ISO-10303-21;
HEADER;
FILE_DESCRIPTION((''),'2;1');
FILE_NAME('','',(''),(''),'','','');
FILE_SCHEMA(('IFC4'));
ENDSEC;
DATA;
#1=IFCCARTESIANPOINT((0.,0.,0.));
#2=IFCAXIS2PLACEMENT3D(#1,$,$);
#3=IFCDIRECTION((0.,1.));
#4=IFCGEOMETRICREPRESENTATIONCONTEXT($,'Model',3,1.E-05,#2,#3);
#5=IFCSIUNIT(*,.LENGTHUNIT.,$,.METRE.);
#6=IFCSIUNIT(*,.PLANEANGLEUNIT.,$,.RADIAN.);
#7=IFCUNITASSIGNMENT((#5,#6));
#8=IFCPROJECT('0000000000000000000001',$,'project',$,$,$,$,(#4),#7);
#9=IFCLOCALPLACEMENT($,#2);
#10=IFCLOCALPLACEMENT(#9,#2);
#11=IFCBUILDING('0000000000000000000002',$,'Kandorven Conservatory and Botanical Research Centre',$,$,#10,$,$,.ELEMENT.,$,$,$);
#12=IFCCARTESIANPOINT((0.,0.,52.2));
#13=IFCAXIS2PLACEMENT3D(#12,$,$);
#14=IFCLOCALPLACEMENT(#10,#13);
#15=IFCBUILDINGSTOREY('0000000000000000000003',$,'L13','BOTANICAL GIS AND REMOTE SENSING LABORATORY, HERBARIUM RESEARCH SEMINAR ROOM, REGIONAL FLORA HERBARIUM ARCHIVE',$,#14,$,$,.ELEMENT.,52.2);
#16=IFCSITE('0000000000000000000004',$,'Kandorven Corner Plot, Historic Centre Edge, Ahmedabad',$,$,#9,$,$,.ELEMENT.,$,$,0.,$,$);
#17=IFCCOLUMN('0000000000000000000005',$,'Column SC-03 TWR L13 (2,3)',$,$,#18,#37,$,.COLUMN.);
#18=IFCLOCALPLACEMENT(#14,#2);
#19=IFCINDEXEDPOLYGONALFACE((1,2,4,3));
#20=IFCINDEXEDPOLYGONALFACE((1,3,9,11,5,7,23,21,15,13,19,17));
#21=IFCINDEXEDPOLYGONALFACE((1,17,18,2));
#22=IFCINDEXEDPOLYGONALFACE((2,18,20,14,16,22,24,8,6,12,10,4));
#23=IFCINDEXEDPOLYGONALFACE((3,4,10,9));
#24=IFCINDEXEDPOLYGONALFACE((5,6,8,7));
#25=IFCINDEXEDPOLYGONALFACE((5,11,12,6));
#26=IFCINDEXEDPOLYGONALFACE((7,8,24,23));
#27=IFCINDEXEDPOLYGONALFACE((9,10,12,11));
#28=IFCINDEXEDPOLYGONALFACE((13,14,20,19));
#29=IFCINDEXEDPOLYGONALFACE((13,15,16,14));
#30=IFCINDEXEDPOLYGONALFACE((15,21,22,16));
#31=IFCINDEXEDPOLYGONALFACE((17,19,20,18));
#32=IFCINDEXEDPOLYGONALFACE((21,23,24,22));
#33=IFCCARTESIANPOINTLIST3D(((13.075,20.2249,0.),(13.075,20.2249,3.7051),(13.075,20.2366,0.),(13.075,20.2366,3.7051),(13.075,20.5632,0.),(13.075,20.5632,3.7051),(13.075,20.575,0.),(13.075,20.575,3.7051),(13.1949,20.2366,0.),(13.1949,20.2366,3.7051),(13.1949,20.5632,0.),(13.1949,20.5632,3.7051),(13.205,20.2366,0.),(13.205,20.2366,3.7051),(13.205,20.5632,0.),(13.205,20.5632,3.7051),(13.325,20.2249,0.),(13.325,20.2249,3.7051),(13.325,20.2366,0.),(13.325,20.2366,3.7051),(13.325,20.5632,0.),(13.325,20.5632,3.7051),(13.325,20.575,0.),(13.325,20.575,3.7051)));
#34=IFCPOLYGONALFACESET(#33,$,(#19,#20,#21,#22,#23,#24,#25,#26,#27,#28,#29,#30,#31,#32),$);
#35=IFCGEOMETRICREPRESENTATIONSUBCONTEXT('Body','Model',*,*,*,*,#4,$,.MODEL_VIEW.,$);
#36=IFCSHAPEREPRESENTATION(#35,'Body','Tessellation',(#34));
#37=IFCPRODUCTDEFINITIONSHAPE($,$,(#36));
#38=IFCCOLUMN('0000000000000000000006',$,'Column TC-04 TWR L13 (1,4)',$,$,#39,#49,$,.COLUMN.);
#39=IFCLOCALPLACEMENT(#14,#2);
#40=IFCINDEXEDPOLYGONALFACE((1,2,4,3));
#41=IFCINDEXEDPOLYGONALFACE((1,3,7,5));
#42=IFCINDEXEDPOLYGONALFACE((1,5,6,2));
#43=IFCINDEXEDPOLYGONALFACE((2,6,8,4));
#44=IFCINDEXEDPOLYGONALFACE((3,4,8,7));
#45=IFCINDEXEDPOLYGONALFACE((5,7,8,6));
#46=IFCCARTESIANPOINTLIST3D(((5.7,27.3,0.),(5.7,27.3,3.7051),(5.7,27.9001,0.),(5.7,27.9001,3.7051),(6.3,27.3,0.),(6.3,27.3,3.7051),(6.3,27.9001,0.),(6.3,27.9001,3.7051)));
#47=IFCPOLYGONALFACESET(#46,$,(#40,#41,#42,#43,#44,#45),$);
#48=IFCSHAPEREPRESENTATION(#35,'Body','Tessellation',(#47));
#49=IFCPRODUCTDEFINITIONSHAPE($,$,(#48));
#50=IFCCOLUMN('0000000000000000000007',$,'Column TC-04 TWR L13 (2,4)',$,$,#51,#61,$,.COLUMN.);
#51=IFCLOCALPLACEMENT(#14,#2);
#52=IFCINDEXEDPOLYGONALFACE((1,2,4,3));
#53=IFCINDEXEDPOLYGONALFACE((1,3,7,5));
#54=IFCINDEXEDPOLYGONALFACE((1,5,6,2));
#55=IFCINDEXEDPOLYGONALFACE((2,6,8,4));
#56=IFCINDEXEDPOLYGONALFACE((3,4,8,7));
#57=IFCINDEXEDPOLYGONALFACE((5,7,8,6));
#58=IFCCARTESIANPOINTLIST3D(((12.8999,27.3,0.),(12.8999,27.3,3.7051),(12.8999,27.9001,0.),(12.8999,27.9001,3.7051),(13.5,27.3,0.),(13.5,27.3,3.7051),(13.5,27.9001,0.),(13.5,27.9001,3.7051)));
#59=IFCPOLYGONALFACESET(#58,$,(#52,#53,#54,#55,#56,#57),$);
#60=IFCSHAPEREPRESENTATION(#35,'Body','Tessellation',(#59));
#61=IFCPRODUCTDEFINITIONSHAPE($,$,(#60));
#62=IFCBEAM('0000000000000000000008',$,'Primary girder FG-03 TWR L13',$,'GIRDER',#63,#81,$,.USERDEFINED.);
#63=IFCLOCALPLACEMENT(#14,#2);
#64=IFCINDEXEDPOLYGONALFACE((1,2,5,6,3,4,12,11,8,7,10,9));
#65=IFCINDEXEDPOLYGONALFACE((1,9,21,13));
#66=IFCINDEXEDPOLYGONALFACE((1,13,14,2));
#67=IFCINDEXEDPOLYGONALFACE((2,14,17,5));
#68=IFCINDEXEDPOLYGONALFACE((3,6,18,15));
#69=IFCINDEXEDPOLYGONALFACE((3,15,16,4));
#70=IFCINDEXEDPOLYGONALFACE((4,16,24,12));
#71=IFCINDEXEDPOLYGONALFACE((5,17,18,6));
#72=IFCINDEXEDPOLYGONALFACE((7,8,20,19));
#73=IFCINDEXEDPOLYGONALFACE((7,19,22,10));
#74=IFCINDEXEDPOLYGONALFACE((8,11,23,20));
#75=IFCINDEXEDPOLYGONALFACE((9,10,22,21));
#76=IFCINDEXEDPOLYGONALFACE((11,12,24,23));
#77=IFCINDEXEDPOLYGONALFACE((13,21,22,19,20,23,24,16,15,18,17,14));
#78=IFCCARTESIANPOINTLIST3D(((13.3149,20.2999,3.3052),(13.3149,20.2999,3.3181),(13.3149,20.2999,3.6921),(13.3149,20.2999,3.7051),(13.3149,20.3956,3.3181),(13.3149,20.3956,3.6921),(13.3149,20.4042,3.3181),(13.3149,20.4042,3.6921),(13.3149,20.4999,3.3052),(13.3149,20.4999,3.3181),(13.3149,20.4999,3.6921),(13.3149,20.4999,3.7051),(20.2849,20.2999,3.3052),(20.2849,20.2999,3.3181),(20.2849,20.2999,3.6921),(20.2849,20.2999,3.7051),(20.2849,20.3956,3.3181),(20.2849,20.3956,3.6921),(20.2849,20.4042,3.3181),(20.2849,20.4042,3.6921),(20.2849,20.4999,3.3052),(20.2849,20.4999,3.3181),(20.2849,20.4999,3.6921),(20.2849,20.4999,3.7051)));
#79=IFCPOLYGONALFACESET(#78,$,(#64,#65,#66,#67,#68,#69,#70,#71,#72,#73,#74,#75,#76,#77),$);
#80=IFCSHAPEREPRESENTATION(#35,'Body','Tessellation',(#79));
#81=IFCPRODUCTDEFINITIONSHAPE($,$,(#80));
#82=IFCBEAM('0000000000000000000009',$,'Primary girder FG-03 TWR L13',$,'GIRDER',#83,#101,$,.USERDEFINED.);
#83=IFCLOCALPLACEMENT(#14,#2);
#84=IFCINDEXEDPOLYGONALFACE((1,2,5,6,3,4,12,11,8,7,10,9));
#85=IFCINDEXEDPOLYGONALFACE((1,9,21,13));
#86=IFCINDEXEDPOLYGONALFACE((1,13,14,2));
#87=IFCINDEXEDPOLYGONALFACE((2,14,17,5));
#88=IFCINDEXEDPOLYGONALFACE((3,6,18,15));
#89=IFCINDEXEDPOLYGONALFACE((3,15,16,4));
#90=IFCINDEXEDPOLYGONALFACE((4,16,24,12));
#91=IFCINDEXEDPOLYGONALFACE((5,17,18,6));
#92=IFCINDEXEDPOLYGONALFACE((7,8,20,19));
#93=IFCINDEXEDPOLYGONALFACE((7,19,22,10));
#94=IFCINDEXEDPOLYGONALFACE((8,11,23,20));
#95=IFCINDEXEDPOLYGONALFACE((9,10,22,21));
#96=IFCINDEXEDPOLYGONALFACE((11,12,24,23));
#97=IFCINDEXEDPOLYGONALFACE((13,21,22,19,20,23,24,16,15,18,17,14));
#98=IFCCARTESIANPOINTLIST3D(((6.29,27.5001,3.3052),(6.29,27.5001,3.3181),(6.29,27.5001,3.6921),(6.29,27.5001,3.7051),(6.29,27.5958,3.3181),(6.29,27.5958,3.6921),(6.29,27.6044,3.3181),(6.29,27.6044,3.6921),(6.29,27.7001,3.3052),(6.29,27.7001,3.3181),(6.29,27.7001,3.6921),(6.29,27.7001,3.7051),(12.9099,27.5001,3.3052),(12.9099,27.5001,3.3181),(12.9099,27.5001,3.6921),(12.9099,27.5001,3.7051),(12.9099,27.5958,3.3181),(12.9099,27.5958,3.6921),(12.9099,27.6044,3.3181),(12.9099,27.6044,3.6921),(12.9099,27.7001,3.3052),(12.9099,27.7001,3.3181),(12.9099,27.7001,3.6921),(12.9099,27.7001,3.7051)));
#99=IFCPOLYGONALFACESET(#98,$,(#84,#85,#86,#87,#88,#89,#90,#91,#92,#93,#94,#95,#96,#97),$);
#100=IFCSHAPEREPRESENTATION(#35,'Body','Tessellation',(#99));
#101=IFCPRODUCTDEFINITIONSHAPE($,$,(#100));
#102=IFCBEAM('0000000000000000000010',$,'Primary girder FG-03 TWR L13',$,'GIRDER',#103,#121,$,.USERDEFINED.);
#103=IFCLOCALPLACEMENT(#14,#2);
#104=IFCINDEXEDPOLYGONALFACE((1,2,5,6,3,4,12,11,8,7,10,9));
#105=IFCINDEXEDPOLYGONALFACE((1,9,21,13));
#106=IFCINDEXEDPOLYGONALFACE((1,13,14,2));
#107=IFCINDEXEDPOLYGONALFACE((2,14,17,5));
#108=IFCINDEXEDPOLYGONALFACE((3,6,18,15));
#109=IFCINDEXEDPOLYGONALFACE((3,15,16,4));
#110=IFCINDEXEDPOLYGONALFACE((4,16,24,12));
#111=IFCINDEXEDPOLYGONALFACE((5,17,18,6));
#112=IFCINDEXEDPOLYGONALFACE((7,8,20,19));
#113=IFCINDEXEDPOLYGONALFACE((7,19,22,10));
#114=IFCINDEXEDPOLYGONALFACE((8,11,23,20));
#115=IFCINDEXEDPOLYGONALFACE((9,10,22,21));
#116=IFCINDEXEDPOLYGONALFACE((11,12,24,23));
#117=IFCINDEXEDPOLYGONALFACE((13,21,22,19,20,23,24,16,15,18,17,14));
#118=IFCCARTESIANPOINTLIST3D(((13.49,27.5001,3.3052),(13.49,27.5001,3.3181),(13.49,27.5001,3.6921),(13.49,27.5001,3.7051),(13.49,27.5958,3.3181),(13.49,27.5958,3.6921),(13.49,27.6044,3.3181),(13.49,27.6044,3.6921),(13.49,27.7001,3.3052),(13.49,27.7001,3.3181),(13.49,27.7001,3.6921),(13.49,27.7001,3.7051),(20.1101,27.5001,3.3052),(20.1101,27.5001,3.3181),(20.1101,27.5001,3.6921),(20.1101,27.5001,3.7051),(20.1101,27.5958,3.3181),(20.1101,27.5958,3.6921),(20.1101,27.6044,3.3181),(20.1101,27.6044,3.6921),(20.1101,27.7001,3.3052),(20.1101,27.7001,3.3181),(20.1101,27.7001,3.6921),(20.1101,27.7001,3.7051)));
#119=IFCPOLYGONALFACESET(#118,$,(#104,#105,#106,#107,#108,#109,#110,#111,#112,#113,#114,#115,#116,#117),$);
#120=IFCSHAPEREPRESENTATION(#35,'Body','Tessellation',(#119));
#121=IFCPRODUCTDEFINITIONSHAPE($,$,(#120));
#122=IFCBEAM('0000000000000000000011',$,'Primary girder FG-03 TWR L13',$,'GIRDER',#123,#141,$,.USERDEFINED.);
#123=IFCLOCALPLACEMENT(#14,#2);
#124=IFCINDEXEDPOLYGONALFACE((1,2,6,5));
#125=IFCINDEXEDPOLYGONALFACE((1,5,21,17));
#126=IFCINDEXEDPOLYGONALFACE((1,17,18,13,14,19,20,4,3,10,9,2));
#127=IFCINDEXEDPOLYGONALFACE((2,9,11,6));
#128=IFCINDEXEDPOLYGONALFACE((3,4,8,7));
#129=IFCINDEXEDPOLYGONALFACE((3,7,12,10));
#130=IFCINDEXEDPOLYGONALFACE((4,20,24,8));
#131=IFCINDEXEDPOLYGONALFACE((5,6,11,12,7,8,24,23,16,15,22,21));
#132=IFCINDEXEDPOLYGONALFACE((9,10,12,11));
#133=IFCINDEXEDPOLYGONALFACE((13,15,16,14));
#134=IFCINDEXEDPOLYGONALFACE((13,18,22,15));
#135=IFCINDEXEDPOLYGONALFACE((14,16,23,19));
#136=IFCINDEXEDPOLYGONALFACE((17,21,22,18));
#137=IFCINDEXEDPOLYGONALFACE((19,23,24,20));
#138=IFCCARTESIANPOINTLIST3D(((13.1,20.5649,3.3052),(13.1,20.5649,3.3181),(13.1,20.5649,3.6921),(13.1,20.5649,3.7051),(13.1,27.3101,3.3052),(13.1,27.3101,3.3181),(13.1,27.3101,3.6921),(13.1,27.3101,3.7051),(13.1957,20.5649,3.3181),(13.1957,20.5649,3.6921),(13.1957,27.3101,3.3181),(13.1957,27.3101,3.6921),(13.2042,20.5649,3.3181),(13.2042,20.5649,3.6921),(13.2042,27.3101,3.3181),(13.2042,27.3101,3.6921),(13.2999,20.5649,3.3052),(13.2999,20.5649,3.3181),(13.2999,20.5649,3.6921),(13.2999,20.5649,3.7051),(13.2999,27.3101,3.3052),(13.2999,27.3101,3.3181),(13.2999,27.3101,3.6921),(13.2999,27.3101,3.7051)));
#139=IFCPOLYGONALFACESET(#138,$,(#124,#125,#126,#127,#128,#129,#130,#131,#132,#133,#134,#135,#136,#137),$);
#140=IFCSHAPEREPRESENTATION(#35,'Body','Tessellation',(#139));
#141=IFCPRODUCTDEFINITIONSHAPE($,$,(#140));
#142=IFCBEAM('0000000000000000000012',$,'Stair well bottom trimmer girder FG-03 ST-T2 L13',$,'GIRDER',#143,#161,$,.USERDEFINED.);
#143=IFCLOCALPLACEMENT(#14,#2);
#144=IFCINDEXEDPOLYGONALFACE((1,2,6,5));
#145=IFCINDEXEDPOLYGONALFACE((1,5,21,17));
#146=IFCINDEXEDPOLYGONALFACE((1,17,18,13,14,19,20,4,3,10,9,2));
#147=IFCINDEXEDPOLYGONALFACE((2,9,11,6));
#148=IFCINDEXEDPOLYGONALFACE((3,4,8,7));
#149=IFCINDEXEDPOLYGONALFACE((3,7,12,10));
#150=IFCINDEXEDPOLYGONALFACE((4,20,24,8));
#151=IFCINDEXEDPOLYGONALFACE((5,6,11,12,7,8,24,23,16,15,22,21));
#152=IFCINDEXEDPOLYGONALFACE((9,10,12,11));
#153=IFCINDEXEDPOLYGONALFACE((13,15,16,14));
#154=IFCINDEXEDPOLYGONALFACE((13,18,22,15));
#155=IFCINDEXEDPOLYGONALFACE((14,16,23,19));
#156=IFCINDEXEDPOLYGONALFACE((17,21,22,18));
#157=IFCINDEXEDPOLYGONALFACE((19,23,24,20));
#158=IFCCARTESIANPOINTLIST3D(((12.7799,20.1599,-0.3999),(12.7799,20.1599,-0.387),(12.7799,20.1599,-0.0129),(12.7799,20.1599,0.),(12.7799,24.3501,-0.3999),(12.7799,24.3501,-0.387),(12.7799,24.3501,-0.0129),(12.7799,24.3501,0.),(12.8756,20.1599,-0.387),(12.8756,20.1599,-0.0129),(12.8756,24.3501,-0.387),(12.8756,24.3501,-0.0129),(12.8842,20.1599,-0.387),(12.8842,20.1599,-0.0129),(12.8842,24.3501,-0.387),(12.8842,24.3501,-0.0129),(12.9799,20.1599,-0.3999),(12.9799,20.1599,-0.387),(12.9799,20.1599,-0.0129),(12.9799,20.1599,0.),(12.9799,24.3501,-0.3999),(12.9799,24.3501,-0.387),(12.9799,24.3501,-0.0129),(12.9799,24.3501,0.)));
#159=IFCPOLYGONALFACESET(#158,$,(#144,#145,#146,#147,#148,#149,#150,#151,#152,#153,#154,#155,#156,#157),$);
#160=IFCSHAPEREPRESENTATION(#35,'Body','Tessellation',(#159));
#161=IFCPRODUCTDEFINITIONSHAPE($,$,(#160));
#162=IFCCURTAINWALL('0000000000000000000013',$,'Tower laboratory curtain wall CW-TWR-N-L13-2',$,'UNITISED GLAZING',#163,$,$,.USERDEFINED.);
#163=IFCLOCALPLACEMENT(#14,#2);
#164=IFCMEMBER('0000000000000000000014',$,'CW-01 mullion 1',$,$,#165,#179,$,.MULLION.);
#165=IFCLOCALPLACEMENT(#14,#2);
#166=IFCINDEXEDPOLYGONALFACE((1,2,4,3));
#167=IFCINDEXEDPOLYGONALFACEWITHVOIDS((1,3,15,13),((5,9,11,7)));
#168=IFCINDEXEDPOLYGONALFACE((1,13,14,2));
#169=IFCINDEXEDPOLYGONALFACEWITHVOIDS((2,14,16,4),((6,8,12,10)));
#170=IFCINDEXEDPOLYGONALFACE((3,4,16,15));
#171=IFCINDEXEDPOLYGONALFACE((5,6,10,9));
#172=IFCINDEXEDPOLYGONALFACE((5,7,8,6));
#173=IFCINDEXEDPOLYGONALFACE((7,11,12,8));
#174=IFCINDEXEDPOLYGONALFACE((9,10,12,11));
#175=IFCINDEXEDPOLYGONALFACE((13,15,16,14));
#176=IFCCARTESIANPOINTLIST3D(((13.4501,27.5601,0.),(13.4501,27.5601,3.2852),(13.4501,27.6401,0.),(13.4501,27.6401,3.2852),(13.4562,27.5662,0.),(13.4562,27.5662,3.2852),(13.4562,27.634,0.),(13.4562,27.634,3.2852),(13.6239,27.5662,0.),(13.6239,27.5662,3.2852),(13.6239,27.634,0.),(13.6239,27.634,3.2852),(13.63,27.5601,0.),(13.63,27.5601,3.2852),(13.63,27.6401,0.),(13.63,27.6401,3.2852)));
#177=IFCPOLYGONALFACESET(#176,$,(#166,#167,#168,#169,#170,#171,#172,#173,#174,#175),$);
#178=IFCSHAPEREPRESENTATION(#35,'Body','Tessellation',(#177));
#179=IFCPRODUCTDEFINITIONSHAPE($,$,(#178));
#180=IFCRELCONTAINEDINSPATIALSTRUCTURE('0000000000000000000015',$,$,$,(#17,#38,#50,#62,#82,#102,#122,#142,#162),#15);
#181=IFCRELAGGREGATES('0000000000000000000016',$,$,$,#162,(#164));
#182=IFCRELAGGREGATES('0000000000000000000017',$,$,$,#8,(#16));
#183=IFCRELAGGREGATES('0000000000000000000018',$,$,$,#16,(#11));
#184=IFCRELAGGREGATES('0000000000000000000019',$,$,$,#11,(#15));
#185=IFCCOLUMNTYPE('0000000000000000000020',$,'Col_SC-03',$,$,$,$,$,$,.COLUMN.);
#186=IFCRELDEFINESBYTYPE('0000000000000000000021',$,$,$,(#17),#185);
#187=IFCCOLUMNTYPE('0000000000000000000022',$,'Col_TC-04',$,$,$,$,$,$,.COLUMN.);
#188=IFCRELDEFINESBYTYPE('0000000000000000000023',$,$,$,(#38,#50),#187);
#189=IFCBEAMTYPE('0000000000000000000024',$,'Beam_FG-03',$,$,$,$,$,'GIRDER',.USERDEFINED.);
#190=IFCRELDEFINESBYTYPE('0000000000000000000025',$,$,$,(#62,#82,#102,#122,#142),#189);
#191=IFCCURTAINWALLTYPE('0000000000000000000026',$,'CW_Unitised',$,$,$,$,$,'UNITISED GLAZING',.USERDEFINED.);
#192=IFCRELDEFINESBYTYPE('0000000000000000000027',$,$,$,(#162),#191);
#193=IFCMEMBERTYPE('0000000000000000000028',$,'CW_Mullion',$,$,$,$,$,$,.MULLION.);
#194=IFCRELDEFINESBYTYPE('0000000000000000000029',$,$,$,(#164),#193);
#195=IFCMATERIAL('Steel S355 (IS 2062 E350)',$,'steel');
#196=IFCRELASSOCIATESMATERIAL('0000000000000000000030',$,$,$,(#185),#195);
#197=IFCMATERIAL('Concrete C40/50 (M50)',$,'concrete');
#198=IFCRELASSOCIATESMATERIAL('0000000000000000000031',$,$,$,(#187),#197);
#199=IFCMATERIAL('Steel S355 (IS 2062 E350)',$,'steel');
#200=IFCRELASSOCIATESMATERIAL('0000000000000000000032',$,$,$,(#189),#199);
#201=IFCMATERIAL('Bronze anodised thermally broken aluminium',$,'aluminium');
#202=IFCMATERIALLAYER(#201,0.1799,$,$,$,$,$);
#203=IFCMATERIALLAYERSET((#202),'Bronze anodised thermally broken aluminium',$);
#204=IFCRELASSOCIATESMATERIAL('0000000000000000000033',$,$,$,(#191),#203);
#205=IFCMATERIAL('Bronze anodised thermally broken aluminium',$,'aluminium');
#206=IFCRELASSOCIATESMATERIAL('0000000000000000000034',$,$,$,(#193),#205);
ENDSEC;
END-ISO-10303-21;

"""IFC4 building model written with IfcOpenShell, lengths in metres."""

from ifc_helpers import new_model, si_unit, direction, frame, origin, origin_2d, place, context, subcontext, project, spatial, rectangle, hollow_rectangle, i_section, extrude, material, layer, layer_set, material_profile, profile_set, type_object, element, aggregate, save


model = new_model("IFC4")

# Units and contexts
model_context = context("Model", 3, precision=1e-05, world=origin(), true_north=direction((0.0, 1.0)))
body_context = subcontext(model_context, "Body", "Model", "MODEL_VIEW")
ifc_project = project(units=[si_unit("LENGTHUNIT", "METRE"), si_unit("PLANEANGLEUNIT", "RADIAN")], contexts=[model_context])

# Site, building, storey
site_placement = place(None, origin())
site = spatial("IfcSite", under=ifc_project, at=site_placement, Name="Kandorven Corner Plot, Historic Centre Edge, Ahmedabad", CompositionType="ELEMENT", RefElevation=0.0)
building_placement = place(site_placement, origin())
building = spatial("IfcBuilding", under=site, at=building_placement, Name="Kandorven Conservatory and Botanical Research Centre", CompositionType="ELEMENT")
storey_placement = place(building_placement, frame((0.0, 0.0, 52.2)))
storey = spatial("IfcBuildingStorey", under=building, at=storey_placement, Name="L13", Description="BOTANICAL GIS AND REMOTE SENSING LABORATORY, HERBARIUM RESEARCH SEMINAR ROOM, REGIONAL FLORA HERBARIUM ARCHIVE", CompositionType="ELEMENT", Elevation=52.2)

# Columns
ifc_material_1 = material(Name="Steel S355 (IS 2062 E350)", Category="steel")
ifc_material_profile_1 = material_profile(ifc_material_1, i_section(OverallWidth=0.25, OverallDepth=0.3501, WebThickness=0.01, FlangeThickness=0.0117, at=origin_2d()))
ifc_profile_set_1 = profile_set([ifc_material_profile_1], Name="Steel S355 (IS 2062 E350)")
column_type_1 = type_object("IfcColumnType", Name="Col_SC-03", PredefinedType="COLUMN", material=ifc_profile_set_1)
column_placement = place(storey_placement, frame((13.2, 20.3999, 0.0), z_axis=(0.0, 0.0, 1.0), x_axis=(1.0, 0.0, 0.0)))
element("IfcColumn", 1, at=column_placement, inside=storey, type_object=column_type_1, Name="Column SC-03 TWR L13 (2,3)", PredefinedType="COLUMN", context=body_context, shape_type="SweptSolid", body=[
    extrude(i_section(OverallWidth=0.25, OverallDepth=0.3501, WebThickness=0.01, FlangeThickness=0.0117, at=origin_2d()), origin(), (0.0, 0.0, 1.0), 3.7051),
])
ifc_material_2 = material(Name="Concrete C40/50 (M50)", Category="concrete")
ifc_material_profile_2 = material_profile(ifc_material_2, rectangle(XDim=0.6001, YDim=0.6001, at=origin_2d()))
ifc_profile_set_2 = profile_set([ifc_material_profile_2], Name="Concrete C40/50 (M50)")
column_type_2 = type_object("IfcColumnType", Name="Col_TC-04", PredefinedType="COLUMN", material=ifc_profile_set_2)
for number, where, z_axis, x_axis, name in (
    (2, (6.0, 27.6001, 0.0), (0.0, 0.0, 1.0), (1.0, 0.0, 0.0), "Column TC-04 TWR L13 (1,4)"),
    (3, (13.2, 27.6001, 0.0), (0.0, 0.0, 1.0), (1.0, 0.0, 0.0), "Column TC-04 TWR L13 (2,4)"),
):
    element("IfcColumn", number, at=place(storey_placement, frame(where, z_axis=z_axis, x_axis=x_axis)), inside=storey, type_object=column_type_2, Name=name, PredefinedType="COLUMN", context=body_context, shape_type="SweptSolid", body=[
        extrude(rectangle(XDim=0.6001, YDim=0.6001, at=origin_2d()), origin(), (0.0, 0.0, 1.0), 3.7051),
    ])

# Beams
ifc_material_3 = material(Name="Steel S355 (IS 2062 E350)", Category="steel")
ifc_material_profile_3 = material_profile(ifc_material_3, i_section(OverallWidth=0.2, OverallDepth=0.3999, WebThickness=0.0085, FlangeThickness=0.0129, at=origin_2d()))
ifc_profile_set_3 = profile_set([ifc_material_profile_3], Name="Steel S355 (IS 2062 E350)")
beam_type = type_object("IfcBeamType", Name="Beam_FG-03", ElementType="GIRDER", PredefinedType="USERDEFINED", material=ifc_profile_set_3)
beam_1_placement = place(storey_placement, frame((13.3149, 20.3999, 3.5051), z_axis=(1.0, 0.0, 0.0), x_axis=(0.0, 1.0, 0.0)))
element("IfcBeam", 4, at=beam_1_placement, inside=storey, type_object=beam_type, Name="Primary girder FG-03 TWR L13", ObjectType="GIRDER", PredefinedType="USERDEFINED", context=body_context, shape_type="SweptSolid", body=[
    extrude(i_section(OverallWidth=0.2, OverallDepth=0.3999, WebThickness=0.0085, FlangeThickness=0.0129, at=origin_2d()), origin(), (0.0, 0.0, 1.0), 6.97),
])
beam_2_placement = place(storey_placement, frame((6.29, 27.6001, 3.5051), z_axis=(1.0, 0.0, 0.0), x_axis=(0.0, 1.0, 0.0)))
element("IfcBeam", 5, at=beam_2_placement, inside=storey, type_object=beam_type, Name="Primary girder FG-03 TWR L13", ObjectType="GIRDER", PredefinedType="USERDEFINED", context=body_context, shape_type="SweptSolid", body=[
    extrude(i_section(OverallWidth=0.2, OverallDepth=0.3999, WebThickness=0.0085, FlangeThickness=0.0129, at=origin_2d()), origin(), (0.0, 0.0, 1.0), 6.6199),
])
beam_3_placement = place(storey_placement, frame((13.49, 27.6001, 3.5051), z_axis=(1.0, 0.0, 0.0), x_axis=(0.0, 1.0, 0.0)))
element("IfcBeam", 6, at=beam_3_placement, inside=storey, type_object=beam_type, Name="Primary girder FG-03 TWR L13", ObjectType="GIRDER", PredefinedType="USERDEFINED", context=body_context, shape_type="SweptSolid", body=[
    extrude(i_section(OverallWidth=0.2, OverallDepth=0.3999, WebThickness=0.0085, FlangeThickness=0.0129, at=origin_2d()), origin(), (0.0, 0.0, 1.0), 6.6201),
])
beam_4_placement = place(storey_placement, frame((13.2, 20.5649, 3.5051), z_axis=(0.0, 1.0, 0.0), x_axis=(-1.0, 0.0, 0.0)))
element("IfcBeam", 7, at=beam_4_placement, inside=storey, type_object=beam_type, Name="Primary girder FG-03 TWR L13", ObjectType="GIRDER", PredefinedType="USERDEFINED", context=body_context, shape_type="SweptSolid", body=[
    extrude(i_section(OverallWidth=0.2, OverallDepth=0.3999, WebThickness=0.0085, FlangeThickness=0.0129, at=origin_2d()), origin(), (0.0, 0.0, 1.0), 6.7451),
])
beam_5_placement = place(storey_placement, frame((12.8799, 24.3501, -0.2), z_axis=(0.0, -1.0, 0.0), x_axis=(1.0, 0.0, 0.0)))
element("IfcBeam", 8, at=beam_5_placement, inside=storey, type_object=beam_type, Name="Stair well bottom trimmer girder FG-03 ST-T2 L13", ObjectType="GIRDER", PredefinedType="USERDEFINED", context=body_context, shape_type="SweptSolid", body=[
    extrude(i_section(OverallWidth=0.2, OverallDepth=0.3999, WebThickness=0.0085, FlangeThickness=0.0129, at=origin_2d()), origin(), (0.0, 0.0, 1.0), 4.1902),
])

# Curtain wall, member
ifc_material_4 = material(Name="Bronze anodised thermally broken aluminium", Category="aluminium")
ifc_layer_1 = layer(ifc_material_4, 0.1799)
ifc_layer_set_1 = layer_set([ifc_layer_1], Name="Bronze anodised thermally broken aluminium")
curtain_wall_type = type_object("IfcCurtainWallType", Name="CW_Unitised", ElementType="UNITISED GLAZING", PredefinedType="USERDEFINED", material=ifc_layer_set_1)
curtain_wall_placement = place(storey_placement, origin())
curtain_wall = element("IfcCurtainWall", 9, at=curtain_wall_placement, inside=storey, type_object=curtain_wall_type, Name="Tower laboratory curtain wall CW-TWR-N-L13-2", ObjectType="UNITISED GLAZING", PredefinedType="USERDEFINED")
ifc_material_5 = material(Name="Bronze anodised thermally broken aluminium", Category="aluminium")
ifc_material_profile_4 = material_profile(ifc_material_5, hollow_rectangle(XDim=0.0801, YDim=0.1799, WallThickness=0.0061, at=origin_2d()))
ifc_profile_set_4 = profile_set([ifc_material_profile_4], Name="Bronze anodised thermally broken aluminium")
member_type_1 = type_object("IfcMemberType", Name="CW_Mullion", PredefinedType="MULLION", material=ifc_profile_set_4)
member_1_placement = place(storey_placement, frame((13.54, 27.6001, 0.0), z_axis=(0.0, 0.0, 1.0), x_axis=(0.0, 1.0, 0.0)))
member_1 = element("IfcMember", 10, at=member_1_placement, type_object=member_type_1, Name="CW-01 mullion 1", PredefinedType="MULLION", context=body_context, shape_type="SweptSolid", body=[
    extrude(hollow_rectangle(XDim=0.0801, YDim=0.1799, WallThickness=0.0061, at=origin_2d()), origin(), (0.0, 0.0, 1.0), 3.2852),
])
aggregate(curtain_wall, [member_1])

save(model, "model.ifc")
